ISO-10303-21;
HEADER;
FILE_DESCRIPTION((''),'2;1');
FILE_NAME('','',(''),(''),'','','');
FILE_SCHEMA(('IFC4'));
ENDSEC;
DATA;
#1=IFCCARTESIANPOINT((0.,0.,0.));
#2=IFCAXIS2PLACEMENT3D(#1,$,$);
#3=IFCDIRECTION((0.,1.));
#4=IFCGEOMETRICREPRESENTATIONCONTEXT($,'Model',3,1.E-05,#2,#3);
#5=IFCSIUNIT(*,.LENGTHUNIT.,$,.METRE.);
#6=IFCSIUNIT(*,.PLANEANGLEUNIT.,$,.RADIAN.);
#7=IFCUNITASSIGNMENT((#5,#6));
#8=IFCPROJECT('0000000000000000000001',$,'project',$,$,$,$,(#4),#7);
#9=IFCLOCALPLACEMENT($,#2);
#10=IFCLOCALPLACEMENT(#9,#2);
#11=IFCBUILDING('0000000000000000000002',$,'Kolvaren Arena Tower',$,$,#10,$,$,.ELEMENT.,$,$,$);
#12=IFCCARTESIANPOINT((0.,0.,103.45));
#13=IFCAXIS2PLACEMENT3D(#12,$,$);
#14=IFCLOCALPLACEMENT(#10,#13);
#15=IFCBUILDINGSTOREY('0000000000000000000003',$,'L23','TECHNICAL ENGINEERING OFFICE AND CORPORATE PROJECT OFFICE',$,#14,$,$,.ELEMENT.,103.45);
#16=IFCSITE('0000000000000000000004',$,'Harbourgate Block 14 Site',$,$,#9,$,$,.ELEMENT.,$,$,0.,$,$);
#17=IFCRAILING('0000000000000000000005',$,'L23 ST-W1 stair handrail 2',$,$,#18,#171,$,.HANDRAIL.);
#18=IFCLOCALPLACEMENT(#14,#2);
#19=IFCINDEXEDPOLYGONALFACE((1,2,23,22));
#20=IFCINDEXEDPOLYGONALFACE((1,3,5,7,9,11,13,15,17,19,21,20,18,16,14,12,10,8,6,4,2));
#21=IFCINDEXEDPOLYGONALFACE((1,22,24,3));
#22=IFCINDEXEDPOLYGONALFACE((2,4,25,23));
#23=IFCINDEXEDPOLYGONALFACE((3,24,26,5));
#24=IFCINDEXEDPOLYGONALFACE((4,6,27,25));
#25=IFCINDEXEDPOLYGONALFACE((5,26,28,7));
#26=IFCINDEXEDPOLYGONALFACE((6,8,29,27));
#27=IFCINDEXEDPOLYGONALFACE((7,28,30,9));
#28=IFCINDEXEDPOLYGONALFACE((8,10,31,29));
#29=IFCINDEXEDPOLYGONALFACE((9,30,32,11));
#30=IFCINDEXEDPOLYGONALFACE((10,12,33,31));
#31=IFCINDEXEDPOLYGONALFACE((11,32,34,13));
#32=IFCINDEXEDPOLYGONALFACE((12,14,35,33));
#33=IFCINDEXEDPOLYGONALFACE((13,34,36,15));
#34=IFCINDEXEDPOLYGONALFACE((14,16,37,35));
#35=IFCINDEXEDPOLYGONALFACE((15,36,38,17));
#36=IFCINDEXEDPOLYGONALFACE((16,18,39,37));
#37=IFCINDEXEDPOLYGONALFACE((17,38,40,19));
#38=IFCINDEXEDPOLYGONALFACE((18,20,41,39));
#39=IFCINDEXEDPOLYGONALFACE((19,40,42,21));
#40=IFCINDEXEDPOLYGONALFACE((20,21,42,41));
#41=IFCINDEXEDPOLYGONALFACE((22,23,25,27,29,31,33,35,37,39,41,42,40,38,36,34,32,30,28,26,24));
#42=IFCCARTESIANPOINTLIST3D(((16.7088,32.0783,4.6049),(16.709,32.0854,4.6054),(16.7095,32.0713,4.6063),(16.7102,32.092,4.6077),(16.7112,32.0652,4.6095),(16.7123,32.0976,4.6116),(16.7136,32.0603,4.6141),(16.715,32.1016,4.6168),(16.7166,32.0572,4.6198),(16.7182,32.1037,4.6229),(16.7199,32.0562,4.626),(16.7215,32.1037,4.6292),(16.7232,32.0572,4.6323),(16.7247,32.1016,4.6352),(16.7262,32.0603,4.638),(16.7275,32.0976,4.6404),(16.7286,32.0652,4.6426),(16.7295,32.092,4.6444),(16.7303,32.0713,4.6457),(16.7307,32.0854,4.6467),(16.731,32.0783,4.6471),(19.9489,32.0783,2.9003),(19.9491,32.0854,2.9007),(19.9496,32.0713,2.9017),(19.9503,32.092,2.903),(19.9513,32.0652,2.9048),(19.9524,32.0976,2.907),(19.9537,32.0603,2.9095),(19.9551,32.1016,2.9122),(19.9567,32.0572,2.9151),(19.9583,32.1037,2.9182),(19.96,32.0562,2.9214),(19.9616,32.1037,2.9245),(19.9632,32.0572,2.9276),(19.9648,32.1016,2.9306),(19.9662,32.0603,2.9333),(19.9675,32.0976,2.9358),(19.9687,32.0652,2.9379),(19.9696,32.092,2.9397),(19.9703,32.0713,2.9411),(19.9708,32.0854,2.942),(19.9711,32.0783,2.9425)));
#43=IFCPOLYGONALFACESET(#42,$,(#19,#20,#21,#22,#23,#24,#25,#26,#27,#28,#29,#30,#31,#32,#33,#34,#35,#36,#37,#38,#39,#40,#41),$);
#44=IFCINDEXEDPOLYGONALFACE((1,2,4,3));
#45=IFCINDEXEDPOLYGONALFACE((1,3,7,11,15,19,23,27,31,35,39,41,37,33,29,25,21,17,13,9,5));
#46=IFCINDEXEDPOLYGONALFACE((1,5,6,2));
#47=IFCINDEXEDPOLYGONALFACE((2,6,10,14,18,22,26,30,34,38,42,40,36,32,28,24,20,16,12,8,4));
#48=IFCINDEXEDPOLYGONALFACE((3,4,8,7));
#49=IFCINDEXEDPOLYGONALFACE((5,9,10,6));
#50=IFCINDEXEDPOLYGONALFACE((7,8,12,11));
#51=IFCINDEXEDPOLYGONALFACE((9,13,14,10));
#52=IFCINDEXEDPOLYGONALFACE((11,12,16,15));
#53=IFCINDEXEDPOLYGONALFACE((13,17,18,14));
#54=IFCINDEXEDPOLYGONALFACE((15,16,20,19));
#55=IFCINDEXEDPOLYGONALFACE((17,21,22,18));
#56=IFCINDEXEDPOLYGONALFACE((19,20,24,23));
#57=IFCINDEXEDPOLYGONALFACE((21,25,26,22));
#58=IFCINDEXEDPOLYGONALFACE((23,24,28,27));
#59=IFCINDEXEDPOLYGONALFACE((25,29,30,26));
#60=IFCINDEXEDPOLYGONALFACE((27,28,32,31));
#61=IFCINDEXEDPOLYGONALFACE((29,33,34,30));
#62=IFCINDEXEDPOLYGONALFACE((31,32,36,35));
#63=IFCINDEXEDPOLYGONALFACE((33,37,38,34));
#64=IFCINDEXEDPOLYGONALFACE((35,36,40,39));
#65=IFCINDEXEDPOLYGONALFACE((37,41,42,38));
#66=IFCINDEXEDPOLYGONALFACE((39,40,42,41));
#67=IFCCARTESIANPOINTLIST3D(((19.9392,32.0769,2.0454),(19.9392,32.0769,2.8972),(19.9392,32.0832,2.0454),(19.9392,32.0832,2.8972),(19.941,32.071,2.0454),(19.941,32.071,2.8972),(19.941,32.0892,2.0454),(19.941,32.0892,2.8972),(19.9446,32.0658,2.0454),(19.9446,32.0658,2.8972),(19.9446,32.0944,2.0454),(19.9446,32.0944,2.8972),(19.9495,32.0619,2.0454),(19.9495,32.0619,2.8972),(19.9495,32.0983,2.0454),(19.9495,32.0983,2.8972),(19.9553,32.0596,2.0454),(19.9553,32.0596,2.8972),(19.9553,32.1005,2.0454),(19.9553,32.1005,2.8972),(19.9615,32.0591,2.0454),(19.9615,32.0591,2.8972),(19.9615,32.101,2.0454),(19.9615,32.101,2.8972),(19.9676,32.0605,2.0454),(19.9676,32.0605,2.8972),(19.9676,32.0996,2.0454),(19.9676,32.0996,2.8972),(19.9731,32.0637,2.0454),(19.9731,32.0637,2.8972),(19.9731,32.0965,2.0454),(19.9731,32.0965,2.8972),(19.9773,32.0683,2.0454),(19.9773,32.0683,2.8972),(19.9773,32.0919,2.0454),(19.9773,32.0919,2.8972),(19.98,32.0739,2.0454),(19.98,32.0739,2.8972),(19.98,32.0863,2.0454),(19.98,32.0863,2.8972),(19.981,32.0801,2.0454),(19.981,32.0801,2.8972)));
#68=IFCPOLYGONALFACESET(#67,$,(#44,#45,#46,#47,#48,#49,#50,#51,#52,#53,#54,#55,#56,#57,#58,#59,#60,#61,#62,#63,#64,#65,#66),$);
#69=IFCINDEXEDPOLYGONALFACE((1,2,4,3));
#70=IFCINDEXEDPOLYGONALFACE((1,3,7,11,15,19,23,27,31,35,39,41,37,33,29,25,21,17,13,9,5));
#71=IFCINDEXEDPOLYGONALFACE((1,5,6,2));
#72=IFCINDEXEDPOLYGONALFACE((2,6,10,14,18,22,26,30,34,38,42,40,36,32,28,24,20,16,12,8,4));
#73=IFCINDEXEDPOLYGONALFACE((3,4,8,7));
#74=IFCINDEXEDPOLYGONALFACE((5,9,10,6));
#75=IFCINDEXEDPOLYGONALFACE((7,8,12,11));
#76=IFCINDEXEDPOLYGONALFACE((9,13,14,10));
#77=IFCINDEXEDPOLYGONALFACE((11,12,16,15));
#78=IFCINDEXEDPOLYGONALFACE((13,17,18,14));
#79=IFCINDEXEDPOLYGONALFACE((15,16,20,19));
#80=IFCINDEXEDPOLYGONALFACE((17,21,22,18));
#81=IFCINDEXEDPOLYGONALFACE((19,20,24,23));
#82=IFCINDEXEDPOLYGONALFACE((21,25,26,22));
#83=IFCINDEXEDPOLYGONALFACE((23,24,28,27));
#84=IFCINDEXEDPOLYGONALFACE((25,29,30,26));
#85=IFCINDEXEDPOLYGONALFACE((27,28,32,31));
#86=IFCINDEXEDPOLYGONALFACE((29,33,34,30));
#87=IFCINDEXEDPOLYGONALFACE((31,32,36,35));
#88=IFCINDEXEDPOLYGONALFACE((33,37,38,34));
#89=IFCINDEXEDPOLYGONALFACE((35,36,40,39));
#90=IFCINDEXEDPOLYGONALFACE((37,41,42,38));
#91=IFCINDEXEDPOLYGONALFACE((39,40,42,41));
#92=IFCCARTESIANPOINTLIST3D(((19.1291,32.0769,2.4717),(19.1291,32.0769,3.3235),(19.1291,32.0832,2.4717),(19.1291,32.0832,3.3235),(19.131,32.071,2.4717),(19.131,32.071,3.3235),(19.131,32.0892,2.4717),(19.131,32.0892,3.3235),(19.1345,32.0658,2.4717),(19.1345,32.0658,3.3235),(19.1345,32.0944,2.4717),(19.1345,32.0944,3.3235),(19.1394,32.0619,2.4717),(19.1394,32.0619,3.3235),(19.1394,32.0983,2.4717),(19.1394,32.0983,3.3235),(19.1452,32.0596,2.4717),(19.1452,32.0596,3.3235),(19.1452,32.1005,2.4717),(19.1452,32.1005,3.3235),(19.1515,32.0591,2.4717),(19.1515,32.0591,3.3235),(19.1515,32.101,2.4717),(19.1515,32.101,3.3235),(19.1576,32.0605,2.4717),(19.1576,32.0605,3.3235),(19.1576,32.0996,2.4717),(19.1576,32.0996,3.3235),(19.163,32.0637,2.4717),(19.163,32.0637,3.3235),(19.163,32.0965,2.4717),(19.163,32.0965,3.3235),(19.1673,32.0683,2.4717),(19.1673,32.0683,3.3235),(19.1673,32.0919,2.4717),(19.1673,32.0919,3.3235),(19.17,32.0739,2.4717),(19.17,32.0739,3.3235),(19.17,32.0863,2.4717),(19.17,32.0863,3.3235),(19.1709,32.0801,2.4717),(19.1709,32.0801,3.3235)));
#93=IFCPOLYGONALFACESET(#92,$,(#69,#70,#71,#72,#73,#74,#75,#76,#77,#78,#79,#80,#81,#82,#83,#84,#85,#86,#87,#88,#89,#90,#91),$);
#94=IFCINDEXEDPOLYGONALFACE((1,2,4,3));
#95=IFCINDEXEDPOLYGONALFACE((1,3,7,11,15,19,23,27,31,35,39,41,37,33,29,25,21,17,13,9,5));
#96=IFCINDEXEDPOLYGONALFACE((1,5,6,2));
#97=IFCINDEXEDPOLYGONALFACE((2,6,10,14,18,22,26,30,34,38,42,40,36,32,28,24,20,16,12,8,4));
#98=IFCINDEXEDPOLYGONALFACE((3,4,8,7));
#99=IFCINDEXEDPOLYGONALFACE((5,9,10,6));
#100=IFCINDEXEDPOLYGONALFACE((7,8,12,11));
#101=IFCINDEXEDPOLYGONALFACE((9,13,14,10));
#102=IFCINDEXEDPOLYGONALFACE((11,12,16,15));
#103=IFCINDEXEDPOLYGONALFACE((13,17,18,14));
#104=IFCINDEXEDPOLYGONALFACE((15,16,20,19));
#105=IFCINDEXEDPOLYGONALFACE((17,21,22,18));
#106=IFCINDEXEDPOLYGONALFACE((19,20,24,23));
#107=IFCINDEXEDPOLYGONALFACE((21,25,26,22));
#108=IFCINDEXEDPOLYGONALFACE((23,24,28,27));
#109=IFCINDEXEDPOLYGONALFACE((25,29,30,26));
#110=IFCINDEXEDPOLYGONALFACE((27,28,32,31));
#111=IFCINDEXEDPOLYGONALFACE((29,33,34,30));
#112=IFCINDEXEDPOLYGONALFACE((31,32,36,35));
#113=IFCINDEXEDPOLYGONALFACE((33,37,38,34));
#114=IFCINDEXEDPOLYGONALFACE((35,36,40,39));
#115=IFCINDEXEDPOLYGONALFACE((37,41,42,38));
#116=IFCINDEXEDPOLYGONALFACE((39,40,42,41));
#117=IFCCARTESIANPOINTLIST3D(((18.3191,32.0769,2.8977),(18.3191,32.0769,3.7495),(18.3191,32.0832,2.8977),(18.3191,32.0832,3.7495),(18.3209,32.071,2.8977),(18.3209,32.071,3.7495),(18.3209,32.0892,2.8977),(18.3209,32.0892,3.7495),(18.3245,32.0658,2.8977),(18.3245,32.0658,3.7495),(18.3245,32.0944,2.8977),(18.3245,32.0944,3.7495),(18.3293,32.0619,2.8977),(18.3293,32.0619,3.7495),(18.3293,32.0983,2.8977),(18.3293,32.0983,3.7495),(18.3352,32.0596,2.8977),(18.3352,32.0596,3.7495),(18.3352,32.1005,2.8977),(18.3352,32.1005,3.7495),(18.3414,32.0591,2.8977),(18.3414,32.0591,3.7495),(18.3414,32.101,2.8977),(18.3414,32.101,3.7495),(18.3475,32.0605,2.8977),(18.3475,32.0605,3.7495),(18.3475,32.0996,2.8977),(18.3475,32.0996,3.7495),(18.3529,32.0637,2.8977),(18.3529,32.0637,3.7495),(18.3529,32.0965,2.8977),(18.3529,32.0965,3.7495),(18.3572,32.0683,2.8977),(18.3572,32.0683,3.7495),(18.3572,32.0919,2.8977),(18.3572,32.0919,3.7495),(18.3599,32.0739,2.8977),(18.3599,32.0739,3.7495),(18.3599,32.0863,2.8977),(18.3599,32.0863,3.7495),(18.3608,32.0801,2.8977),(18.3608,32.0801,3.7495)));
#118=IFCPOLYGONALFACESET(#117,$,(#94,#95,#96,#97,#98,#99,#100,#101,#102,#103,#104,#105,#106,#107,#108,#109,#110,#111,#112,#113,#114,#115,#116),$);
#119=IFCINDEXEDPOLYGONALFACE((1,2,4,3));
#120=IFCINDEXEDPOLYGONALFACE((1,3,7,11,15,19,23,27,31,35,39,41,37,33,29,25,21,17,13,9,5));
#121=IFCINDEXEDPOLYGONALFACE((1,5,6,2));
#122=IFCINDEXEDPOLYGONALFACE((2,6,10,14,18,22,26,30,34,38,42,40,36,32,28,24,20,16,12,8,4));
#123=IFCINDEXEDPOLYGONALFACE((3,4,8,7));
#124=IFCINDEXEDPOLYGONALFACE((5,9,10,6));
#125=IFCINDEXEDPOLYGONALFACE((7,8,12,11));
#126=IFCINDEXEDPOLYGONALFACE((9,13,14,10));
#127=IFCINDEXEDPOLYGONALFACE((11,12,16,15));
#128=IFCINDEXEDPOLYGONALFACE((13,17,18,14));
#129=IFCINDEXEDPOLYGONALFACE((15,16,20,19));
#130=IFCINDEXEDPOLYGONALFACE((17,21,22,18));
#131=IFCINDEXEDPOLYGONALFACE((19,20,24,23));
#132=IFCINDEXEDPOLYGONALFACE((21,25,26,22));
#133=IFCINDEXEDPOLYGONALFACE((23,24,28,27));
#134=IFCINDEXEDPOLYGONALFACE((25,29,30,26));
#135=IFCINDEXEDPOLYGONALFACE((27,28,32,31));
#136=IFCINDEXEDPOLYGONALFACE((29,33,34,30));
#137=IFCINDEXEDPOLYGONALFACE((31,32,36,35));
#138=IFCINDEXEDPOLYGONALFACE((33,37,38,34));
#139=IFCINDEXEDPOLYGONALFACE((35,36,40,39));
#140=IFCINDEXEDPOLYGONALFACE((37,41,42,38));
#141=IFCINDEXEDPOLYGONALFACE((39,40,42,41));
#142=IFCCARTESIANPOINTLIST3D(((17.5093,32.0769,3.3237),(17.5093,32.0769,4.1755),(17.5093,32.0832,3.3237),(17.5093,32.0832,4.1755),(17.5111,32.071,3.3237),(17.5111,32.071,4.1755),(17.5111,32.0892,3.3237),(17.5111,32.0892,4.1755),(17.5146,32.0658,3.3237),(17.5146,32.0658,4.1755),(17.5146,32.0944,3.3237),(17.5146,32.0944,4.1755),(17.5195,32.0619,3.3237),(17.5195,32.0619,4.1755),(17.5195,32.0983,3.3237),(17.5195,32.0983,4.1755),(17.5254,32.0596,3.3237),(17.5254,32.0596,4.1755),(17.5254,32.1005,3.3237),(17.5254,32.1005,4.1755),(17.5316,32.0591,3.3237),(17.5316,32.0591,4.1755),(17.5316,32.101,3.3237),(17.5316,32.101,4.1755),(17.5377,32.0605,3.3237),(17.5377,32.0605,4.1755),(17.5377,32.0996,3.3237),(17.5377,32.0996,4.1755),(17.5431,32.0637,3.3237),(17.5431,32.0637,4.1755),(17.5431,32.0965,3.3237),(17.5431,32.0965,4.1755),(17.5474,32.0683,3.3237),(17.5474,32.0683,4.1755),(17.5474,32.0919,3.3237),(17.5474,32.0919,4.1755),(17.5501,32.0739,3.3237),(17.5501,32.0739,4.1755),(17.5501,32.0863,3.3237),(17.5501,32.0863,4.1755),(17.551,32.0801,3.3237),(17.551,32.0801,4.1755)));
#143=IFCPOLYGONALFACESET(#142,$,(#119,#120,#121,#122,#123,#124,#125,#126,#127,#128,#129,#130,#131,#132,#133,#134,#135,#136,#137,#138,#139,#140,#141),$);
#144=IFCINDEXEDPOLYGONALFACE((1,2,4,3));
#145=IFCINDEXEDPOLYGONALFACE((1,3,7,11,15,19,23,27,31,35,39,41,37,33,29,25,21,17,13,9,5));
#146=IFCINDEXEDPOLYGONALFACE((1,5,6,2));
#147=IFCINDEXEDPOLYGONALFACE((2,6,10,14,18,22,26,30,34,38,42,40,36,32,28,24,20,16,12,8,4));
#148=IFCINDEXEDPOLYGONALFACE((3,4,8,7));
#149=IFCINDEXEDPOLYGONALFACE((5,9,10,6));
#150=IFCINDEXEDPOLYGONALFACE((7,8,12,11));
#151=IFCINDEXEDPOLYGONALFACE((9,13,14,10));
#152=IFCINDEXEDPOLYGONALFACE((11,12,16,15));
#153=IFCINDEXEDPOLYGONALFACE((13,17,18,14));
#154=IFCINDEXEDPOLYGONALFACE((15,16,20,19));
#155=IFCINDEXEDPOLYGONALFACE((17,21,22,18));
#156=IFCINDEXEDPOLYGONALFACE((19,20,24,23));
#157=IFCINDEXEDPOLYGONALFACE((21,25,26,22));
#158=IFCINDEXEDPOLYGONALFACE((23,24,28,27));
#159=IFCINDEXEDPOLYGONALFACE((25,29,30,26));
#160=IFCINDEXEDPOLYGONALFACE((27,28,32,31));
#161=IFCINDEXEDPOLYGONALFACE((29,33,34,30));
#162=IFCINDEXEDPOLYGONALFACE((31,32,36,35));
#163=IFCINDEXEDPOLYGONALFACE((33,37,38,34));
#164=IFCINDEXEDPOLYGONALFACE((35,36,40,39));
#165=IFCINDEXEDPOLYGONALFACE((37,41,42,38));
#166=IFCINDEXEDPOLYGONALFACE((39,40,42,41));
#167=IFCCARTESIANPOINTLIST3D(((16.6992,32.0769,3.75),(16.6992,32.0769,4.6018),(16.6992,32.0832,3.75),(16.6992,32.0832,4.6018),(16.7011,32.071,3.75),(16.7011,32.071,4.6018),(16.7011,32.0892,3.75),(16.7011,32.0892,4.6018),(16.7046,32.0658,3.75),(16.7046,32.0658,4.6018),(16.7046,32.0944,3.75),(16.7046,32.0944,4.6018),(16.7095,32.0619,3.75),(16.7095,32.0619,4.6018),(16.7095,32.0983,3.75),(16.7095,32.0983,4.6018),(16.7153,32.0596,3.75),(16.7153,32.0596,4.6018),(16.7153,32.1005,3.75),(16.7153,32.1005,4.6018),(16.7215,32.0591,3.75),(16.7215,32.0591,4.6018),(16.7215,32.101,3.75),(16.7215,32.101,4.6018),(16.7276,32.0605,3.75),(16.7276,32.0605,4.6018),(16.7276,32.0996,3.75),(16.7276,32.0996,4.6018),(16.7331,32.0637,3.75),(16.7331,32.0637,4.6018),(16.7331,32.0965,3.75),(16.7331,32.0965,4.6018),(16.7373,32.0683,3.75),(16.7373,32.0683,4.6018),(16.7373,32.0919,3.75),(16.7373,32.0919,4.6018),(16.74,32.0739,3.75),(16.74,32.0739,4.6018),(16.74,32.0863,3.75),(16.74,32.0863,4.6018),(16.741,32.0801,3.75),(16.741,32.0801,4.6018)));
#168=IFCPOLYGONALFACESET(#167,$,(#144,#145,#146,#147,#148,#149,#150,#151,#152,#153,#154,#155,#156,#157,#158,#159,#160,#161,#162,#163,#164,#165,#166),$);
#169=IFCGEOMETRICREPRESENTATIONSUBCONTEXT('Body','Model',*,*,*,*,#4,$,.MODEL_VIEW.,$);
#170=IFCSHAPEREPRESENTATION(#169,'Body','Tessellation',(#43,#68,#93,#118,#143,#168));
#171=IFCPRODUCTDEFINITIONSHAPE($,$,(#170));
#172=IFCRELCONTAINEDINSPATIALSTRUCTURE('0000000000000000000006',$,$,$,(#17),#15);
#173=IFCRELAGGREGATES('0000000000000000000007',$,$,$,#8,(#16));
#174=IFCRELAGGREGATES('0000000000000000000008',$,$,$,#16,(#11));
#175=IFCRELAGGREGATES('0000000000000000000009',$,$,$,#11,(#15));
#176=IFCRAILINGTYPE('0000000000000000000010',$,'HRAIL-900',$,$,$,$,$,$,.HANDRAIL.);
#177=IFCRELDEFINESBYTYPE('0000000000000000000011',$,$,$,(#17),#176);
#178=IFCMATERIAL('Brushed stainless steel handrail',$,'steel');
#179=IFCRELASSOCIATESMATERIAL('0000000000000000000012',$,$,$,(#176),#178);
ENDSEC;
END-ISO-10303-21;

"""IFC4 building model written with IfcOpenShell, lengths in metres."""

from ifc_helpers import new_model, si_unit, direction, frame, origin, origin_2d, place, context, subcontext, project, spatial, circle, extrude, material, type_object, element, save


model = new_model("IFC4")

# Units and contexts
model_context = context("Model", 3, precision=1e-05, world=origin(), true_north=direction((0.0, 1.0)))
body_context = subcontext(model_context, "Body", "Model", "MODEL_VIEW")
ifc_project = project(units=[si_unit("LENGTHUNIT", "METRE"), si_unit("PLANEANGLEUNIT", "RADIAN")], contexts=[model_context])

# Site, building, storey
site_placement = place(None, origin())
site = spatial("IfcSite", under=ifc_project, at=site_placement, Name="Harbourgate Block 14 Site", CompositionType="ELEMENT", RefElevation=0.0)
building_placement = place(site_placement, origin())
building = spatial("IfcBuilding", under=site, at=building_placement, Name="Kolvaren Arena Tower", CompositionType="ELEMENT")
storey_placement = place(building_placement, frame((0.0, 0.0, 103.45)))
storey = spatial("IfcBuildingStorey", under=building, at=storey_placement, Name="L23", Description="TECHNICAL ENGINEERING OFFICE AND CORPORATE PROJECT OFFICE", CompositionType="ELEMENT", Elevation=103.45)

# Railing
ifc_material_1 = material(Name="Brushed stainless steel handrail", Category="steel")
railing_type_1 = type_object("IfcRailingType", Name="HRAIL-900", PredefinedType="HANDRAIL", material=ifc_material_1)
railing_1_placement = place(storey_placement, frame((19.96, 32.0801, 2.0454)))
element("IfcRailing", 1, at=railing_1_placement, inside=storey, type_object=railing_type_1, Name="L23 ST-W1 stair handrail 2", PredefinedType="HANDRAIL", context=body_context, shape_type="SweptSolid", body=[
    extrude(circle(Radius=0.0239, at=origin_2d()), frame((0.0, 0.0, 0.876), z_axis=(-0.884993, 0.0, 0.465604), x_axis=(0.0, -1.0, 0.0)), (0.0, 0.0, 1.0), 3.6611),
    extrude(circle(Radius=0.021, at=origin_2d()), origin(), (0.0, 0.0, 1.0), 0.8518),
    extrude(circle(Radius=0.021, at=origin_2d()), frame((-0.8101, 0.0, 0.4263)), (0.0, 0.0, 1.0), 0.8518),
    extrude(circle(Radius=0.021, at=origin_2d()), frame((-1.6201, 0.0, 0.8523)), (0.0, 0.0, 1.0), 0.8518),
    extrude(circle(Radius=0.021, at=origin_2d()), frame((-2.4299, 0.0, 1.2783)), (0.0, 0.0, 1.0), 0.8518),
    extrude(circle(Radius=0.021, at=origin_2d()), frame((-3.24, 0.0, 1.7046)), (0.0, 0.0, 1.0), 0.8518),
])

save(model, "model.ifc")
